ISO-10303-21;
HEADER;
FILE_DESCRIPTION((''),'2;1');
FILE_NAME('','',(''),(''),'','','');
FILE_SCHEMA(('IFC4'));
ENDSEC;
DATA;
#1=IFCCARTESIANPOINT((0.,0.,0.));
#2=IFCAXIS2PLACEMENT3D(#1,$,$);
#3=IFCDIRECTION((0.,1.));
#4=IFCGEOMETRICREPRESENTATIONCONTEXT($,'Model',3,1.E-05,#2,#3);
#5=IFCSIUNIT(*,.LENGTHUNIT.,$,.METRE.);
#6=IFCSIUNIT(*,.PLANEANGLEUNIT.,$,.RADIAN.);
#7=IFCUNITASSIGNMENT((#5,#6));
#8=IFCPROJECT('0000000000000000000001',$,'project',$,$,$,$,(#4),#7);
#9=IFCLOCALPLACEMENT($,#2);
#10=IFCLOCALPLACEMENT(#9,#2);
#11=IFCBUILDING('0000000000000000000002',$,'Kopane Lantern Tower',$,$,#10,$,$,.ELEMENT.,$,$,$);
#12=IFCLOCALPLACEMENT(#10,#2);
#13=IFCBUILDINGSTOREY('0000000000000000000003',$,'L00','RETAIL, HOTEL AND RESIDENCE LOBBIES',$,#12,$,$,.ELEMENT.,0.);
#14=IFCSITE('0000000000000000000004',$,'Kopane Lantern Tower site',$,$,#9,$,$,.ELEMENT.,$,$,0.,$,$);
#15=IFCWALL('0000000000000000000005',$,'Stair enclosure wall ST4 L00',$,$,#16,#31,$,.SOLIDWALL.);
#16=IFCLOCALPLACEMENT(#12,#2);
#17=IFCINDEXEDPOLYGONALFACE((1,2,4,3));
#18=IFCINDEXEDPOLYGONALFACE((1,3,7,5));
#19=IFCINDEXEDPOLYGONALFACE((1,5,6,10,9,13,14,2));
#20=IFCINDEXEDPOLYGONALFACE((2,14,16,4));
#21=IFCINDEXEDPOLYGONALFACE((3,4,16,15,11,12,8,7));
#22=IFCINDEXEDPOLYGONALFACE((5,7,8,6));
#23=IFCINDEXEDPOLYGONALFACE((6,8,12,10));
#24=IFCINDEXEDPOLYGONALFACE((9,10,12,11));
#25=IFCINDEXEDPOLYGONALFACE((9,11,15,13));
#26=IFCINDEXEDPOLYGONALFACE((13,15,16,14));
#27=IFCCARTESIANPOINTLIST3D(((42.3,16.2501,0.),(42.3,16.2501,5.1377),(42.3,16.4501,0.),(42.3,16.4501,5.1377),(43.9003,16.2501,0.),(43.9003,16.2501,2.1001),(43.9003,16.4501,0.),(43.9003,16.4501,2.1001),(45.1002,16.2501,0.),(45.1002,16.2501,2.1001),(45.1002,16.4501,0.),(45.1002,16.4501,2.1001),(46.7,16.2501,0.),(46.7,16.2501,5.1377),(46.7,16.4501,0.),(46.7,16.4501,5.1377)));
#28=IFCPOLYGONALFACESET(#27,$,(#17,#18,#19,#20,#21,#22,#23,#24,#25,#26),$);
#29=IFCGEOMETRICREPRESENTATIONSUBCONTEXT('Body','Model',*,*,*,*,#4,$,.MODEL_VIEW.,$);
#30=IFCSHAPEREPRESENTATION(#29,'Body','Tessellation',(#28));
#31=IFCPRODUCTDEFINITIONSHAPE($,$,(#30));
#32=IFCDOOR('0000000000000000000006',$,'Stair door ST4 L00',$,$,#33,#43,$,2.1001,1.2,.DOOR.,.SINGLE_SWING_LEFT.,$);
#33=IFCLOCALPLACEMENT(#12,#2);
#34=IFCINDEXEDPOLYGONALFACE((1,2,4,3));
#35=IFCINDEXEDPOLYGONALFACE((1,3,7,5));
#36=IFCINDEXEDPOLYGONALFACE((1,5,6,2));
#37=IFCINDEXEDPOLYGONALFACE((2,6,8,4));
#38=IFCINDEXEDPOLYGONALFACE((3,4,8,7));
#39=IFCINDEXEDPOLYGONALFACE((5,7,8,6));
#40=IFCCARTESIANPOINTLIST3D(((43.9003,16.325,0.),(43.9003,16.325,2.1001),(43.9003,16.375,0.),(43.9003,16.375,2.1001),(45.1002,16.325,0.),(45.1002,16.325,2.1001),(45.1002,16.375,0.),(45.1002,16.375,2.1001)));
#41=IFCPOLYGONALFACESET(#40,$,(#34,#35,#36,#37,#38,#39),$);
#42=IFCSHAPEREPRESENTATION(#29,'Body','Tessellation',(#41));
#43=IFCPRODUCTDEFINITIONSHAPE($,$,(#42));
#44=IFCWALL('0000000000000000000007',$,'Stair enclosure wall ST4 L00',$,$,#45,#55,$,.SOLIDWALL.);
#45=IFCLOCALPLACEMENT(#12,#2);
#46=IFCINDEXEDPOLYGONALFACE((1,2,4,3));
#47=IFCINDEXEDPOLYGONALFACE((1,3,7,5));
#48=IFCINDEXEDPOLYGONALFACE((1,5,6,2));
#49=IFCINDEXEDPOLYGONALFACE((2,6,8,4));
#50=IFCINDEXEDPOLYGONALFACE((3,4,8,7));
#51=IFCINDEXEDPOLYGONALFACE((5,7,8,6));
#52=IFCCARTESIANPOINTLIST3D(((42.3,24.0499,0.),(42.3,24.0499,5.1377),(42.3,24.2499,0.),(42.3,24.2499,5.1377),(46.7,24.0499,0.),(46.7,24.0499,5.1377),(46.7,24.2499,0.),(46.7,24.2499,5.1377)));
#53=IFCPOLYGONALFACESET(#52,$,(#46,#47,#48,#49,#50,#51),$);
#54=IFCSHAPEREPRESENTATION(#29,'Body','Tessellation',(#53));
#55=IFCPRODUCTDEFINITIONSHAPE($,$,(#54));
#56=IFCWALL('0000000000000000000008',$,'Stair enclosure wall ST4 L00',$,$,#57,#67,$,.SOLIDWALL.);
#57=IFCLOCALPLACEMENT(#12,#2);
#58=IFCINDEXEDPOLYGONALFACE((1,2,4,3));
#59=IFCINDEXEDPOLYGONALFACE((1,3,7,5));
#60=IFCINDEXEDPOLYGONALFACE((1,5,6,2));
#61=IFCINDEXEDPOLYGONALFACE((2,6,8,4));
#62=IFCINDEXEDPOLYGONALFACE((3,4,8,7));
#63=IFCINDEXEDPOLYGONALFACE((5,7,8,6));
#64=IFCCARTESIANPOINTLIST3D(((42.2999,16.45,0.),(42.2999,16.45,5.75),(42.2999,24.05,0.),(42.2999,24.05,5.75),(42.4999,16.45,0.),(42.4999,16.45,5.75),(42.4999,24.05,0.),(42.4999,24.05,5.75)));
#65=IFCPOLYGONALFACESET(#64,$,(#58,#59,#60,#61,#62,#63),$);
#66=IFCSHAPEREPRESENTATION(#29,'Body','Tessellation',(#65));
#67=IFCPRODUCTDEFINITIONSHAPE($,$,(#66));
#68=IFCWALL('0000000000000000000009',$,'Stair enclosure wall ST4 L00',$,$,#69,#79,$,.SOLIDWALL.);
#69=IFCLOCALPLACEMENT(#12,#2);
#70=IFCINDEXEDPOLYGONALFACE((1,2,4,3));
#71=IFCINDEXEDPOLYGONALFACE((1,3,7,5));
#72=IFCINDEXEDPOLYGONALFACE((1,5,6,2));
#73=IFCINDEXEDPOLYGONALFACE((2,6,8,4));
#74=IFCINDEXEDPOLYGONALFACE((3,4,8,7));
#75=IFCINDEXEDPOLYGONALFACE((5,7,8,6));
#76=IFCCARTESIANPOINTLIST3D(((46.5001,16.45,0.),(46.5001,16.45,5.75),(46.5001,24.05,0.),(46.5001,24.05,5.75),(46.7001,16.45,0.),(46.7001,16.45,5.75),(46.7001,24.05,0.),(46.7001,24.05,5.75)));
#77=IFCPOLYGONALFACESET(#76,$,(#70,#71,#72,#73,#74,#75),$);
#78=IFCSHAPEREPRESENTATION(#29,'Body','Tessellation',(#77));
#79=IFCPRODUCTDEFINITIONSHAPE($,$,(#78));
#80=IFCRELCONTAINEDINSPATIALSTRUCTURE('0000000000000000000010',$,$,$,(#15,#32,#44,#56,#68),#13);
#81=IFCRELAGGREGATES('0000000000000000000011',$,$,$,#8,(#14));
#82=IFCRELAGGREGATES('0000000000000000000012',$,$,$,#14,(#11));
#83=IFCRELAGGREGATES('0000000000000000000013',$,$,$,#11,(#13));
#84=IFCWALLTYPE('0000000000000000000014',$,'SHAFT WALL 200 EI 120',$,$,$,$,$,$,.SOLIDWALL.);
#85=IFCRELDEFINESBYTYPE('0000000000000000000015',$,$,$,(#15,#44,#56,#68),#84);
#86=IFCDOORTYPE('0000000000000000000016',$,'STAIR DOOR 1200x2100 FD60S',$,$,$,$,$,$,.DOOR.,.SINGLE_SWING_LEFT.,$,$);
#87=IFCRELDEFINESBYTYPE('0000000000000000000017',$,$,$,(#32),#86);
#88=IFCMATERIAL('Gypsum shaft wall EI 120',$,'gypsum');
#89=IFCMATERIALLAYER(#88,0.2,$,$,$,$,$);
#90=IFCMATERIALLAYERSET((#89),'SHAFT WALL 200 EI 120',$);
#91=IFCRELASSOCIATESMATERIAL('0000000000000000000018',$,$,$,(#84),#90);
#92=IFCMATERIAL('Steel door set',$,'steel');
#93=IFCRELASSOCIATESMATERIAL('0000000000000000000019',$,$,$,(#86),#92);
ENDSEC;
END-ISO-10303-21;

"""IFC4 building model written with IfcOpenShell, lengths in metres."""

from ifc_helpers import new_model, si_unit, direction, frame, frame_2d, origin, place, context, subcontext, project, spatial, rectangle, extrude, material, layer, layer_set, type_object, element, fill, save


model = new_model("IFC4")

# Units and contexts
model_context = context("Model", 3, precision=1e-05, world=origin(), true_north=direction((0.0, 1.0)))
body_context = subcontext(model_context, "Body", "Model", "MODEL_VIEW")
ifc_project = project(units=[si_unit("LENGTHUNIT", "METRE"), si_unit("PLANEANGLEUNIT", "RADIAN")], contexts=[model_context])

# Site, building, storey
site_placement = place(None, origin())
site = spatial("IfcSite", under=ifc_project, at=site_placement, Name="Kopane Lantern Tower site", CompositionType="ELEMENT", RefElevation=0.0)
building_placement = place(site_placement, origin())
building = spatial("IfcBuilding", under=site, at=building_placement, Name="Kopane Lantern Tower", CompositionType="ELEMENT")
storey_placement = place(building_placement, origin())
storey = spatial("IfcBuildingStorey", under=building, at=storey_placement, Name="L00", Description="RETAIL, HOTEL AND RESIDENCE LOBBIES", CompositionType="ELEMENT", Elevation=0.0)

# Wall, opening, door
ifc_material_1 = material(Name="Gypsum shaft wall EI 120", Category="gypsum")
ifc_layer_1 = layer(ifc_material_1, 0.2)
ifc_layer_set_1 = layer_set([ifc_layer_1], Name="SHAFT WALL 200 EI 120")
wall_type_1 = type_object("IfcWallType", Name="SHAFT WALL 200 EI 120", PredefinedType="SOLIDWALL", material=ifc_layer_set_1)
wall_1_placement = place(storey_placement, frame((42.3, 16.3501, 0.0), z_axis=(0.0, 0.0, 1.0), x_axis=(1.0, 0.0, 0.0)))
wall_1 = element("IfcWall", 1, at=wall_1_placement, inside=storey, type_object=wall_type_1, Name="Stair enclosure wall ST4 L00", PredefinedType="SOLIDWALL", context=body_context, shape_type="SweptSolid", body=[
    extrude(rectangle(XDim=4.3999, YDim=0.2, at=frame_2d((2.2, 0.0))), origin(), (0.0, 0.0, 1.0), 5.1377),
])
opening_placement = place(wall_1_placement, frame((1.6001, 0.0, 0.0)))
opening = element("IfcOpeningElement", 2, at=opening_placement, cuts=wall_1, PredefinedType="OPENING", context=body_context, shape_type="SweptSolid", body=[
    extrude(rectangle(XDim=1.2, YDim=2.1001, at=frame_2d((0.6001, 1.05))), frame((0.0, 0.1099, 0.0), z_axis=(0.0, -1.0, 0.0), x_axis=(1.0, 0.0, 0.0)), (0.0, 0.0, 1.0), 0.22),
])
ifc_material_2 = material(Name="Steel door set", Category="steel")
door_type = type_object("IfcDoorType", Name="STAIR DOOR 1200x2100 FD60S", OperationType="SINGLE_SWING_LEFT", PredefinedType="DOOR", material=ifc_material_2)
door_placement = place(opening_placement, origin())
door = element("IfcDoor", 3, at=door_placement, inside=storey, type_object=door_type, Name="Stair door ST4 L00", OperationType="SINGLE_SWING_LEFT", OverallHeight=2.1001, OverallWidth=1.2, PredefinedType="DOOR", context=body_context, shape_type="SweptSolid", body=[
    extrude(rectangle(XDim=1.2, YDim=2.1001, at=frame_2d((0.6001, 1.05))), frame((0.0, 0.0249, 0.0), z_axis=(0.0, -1.0, 0.0), x_axis=(1.0, 0.0, 0.0)), (0.0, 0.0, 1.0), 0.05),
])
fill(opening, door)

# Walls
wall_2_placement = place(storey_placement, frame((42.3, 24.1499, 0.0), z_axis=(0.0, 0.0, 1.0), x_axis=(1.0, 0.0, 0.0)))
element("IfcWall", 4, at=wall_2_placement, inside=storey, type_object=wall_type_1, Name="Stair enclosure wall ST4 L00", PredefinedType="SOLIDWALL", context=body_context, shape_type="SweptSolid", body=[
    extrude(rectangle(XDim=4.3999, YDim=0.2, at=frame_2d((2.2, 0.0))), origin(), (0.0, 0.0, 1.0), 5.1377),
])
for number, where, z_axis, x_axis, name in (
    (5, (42.3999, 16.45, 0.0), (0.0, 0.0, 1.0), (0.0, 1.0, 0.0), "Stair enclosure wall ST4 L00"),
    (6, (46.6001, 16.45, 0.0), (0.0, 0.0, 1.0), (0.0, 1.0, 0.0), "Stair enclosure wall ST4 L00"),
):
    element("IfcWall", number, at=place(storey_placement, frame(where, z_axis=z_axis, x_axis=x_axis)), inside=storey, type_object=wall_type_1, Name=name, PredefinedType="SOLIDWALL", context=body_context, shape_type="SweptSolid", body=[
        extrude(rectangle(XDim=7.6001, YDim=0.2, at=frame_2d((3.8, 0.0))), origin(), (0.0, 0.0, 1.0), 5.75),
    ])

save(model, "model.ifc")
